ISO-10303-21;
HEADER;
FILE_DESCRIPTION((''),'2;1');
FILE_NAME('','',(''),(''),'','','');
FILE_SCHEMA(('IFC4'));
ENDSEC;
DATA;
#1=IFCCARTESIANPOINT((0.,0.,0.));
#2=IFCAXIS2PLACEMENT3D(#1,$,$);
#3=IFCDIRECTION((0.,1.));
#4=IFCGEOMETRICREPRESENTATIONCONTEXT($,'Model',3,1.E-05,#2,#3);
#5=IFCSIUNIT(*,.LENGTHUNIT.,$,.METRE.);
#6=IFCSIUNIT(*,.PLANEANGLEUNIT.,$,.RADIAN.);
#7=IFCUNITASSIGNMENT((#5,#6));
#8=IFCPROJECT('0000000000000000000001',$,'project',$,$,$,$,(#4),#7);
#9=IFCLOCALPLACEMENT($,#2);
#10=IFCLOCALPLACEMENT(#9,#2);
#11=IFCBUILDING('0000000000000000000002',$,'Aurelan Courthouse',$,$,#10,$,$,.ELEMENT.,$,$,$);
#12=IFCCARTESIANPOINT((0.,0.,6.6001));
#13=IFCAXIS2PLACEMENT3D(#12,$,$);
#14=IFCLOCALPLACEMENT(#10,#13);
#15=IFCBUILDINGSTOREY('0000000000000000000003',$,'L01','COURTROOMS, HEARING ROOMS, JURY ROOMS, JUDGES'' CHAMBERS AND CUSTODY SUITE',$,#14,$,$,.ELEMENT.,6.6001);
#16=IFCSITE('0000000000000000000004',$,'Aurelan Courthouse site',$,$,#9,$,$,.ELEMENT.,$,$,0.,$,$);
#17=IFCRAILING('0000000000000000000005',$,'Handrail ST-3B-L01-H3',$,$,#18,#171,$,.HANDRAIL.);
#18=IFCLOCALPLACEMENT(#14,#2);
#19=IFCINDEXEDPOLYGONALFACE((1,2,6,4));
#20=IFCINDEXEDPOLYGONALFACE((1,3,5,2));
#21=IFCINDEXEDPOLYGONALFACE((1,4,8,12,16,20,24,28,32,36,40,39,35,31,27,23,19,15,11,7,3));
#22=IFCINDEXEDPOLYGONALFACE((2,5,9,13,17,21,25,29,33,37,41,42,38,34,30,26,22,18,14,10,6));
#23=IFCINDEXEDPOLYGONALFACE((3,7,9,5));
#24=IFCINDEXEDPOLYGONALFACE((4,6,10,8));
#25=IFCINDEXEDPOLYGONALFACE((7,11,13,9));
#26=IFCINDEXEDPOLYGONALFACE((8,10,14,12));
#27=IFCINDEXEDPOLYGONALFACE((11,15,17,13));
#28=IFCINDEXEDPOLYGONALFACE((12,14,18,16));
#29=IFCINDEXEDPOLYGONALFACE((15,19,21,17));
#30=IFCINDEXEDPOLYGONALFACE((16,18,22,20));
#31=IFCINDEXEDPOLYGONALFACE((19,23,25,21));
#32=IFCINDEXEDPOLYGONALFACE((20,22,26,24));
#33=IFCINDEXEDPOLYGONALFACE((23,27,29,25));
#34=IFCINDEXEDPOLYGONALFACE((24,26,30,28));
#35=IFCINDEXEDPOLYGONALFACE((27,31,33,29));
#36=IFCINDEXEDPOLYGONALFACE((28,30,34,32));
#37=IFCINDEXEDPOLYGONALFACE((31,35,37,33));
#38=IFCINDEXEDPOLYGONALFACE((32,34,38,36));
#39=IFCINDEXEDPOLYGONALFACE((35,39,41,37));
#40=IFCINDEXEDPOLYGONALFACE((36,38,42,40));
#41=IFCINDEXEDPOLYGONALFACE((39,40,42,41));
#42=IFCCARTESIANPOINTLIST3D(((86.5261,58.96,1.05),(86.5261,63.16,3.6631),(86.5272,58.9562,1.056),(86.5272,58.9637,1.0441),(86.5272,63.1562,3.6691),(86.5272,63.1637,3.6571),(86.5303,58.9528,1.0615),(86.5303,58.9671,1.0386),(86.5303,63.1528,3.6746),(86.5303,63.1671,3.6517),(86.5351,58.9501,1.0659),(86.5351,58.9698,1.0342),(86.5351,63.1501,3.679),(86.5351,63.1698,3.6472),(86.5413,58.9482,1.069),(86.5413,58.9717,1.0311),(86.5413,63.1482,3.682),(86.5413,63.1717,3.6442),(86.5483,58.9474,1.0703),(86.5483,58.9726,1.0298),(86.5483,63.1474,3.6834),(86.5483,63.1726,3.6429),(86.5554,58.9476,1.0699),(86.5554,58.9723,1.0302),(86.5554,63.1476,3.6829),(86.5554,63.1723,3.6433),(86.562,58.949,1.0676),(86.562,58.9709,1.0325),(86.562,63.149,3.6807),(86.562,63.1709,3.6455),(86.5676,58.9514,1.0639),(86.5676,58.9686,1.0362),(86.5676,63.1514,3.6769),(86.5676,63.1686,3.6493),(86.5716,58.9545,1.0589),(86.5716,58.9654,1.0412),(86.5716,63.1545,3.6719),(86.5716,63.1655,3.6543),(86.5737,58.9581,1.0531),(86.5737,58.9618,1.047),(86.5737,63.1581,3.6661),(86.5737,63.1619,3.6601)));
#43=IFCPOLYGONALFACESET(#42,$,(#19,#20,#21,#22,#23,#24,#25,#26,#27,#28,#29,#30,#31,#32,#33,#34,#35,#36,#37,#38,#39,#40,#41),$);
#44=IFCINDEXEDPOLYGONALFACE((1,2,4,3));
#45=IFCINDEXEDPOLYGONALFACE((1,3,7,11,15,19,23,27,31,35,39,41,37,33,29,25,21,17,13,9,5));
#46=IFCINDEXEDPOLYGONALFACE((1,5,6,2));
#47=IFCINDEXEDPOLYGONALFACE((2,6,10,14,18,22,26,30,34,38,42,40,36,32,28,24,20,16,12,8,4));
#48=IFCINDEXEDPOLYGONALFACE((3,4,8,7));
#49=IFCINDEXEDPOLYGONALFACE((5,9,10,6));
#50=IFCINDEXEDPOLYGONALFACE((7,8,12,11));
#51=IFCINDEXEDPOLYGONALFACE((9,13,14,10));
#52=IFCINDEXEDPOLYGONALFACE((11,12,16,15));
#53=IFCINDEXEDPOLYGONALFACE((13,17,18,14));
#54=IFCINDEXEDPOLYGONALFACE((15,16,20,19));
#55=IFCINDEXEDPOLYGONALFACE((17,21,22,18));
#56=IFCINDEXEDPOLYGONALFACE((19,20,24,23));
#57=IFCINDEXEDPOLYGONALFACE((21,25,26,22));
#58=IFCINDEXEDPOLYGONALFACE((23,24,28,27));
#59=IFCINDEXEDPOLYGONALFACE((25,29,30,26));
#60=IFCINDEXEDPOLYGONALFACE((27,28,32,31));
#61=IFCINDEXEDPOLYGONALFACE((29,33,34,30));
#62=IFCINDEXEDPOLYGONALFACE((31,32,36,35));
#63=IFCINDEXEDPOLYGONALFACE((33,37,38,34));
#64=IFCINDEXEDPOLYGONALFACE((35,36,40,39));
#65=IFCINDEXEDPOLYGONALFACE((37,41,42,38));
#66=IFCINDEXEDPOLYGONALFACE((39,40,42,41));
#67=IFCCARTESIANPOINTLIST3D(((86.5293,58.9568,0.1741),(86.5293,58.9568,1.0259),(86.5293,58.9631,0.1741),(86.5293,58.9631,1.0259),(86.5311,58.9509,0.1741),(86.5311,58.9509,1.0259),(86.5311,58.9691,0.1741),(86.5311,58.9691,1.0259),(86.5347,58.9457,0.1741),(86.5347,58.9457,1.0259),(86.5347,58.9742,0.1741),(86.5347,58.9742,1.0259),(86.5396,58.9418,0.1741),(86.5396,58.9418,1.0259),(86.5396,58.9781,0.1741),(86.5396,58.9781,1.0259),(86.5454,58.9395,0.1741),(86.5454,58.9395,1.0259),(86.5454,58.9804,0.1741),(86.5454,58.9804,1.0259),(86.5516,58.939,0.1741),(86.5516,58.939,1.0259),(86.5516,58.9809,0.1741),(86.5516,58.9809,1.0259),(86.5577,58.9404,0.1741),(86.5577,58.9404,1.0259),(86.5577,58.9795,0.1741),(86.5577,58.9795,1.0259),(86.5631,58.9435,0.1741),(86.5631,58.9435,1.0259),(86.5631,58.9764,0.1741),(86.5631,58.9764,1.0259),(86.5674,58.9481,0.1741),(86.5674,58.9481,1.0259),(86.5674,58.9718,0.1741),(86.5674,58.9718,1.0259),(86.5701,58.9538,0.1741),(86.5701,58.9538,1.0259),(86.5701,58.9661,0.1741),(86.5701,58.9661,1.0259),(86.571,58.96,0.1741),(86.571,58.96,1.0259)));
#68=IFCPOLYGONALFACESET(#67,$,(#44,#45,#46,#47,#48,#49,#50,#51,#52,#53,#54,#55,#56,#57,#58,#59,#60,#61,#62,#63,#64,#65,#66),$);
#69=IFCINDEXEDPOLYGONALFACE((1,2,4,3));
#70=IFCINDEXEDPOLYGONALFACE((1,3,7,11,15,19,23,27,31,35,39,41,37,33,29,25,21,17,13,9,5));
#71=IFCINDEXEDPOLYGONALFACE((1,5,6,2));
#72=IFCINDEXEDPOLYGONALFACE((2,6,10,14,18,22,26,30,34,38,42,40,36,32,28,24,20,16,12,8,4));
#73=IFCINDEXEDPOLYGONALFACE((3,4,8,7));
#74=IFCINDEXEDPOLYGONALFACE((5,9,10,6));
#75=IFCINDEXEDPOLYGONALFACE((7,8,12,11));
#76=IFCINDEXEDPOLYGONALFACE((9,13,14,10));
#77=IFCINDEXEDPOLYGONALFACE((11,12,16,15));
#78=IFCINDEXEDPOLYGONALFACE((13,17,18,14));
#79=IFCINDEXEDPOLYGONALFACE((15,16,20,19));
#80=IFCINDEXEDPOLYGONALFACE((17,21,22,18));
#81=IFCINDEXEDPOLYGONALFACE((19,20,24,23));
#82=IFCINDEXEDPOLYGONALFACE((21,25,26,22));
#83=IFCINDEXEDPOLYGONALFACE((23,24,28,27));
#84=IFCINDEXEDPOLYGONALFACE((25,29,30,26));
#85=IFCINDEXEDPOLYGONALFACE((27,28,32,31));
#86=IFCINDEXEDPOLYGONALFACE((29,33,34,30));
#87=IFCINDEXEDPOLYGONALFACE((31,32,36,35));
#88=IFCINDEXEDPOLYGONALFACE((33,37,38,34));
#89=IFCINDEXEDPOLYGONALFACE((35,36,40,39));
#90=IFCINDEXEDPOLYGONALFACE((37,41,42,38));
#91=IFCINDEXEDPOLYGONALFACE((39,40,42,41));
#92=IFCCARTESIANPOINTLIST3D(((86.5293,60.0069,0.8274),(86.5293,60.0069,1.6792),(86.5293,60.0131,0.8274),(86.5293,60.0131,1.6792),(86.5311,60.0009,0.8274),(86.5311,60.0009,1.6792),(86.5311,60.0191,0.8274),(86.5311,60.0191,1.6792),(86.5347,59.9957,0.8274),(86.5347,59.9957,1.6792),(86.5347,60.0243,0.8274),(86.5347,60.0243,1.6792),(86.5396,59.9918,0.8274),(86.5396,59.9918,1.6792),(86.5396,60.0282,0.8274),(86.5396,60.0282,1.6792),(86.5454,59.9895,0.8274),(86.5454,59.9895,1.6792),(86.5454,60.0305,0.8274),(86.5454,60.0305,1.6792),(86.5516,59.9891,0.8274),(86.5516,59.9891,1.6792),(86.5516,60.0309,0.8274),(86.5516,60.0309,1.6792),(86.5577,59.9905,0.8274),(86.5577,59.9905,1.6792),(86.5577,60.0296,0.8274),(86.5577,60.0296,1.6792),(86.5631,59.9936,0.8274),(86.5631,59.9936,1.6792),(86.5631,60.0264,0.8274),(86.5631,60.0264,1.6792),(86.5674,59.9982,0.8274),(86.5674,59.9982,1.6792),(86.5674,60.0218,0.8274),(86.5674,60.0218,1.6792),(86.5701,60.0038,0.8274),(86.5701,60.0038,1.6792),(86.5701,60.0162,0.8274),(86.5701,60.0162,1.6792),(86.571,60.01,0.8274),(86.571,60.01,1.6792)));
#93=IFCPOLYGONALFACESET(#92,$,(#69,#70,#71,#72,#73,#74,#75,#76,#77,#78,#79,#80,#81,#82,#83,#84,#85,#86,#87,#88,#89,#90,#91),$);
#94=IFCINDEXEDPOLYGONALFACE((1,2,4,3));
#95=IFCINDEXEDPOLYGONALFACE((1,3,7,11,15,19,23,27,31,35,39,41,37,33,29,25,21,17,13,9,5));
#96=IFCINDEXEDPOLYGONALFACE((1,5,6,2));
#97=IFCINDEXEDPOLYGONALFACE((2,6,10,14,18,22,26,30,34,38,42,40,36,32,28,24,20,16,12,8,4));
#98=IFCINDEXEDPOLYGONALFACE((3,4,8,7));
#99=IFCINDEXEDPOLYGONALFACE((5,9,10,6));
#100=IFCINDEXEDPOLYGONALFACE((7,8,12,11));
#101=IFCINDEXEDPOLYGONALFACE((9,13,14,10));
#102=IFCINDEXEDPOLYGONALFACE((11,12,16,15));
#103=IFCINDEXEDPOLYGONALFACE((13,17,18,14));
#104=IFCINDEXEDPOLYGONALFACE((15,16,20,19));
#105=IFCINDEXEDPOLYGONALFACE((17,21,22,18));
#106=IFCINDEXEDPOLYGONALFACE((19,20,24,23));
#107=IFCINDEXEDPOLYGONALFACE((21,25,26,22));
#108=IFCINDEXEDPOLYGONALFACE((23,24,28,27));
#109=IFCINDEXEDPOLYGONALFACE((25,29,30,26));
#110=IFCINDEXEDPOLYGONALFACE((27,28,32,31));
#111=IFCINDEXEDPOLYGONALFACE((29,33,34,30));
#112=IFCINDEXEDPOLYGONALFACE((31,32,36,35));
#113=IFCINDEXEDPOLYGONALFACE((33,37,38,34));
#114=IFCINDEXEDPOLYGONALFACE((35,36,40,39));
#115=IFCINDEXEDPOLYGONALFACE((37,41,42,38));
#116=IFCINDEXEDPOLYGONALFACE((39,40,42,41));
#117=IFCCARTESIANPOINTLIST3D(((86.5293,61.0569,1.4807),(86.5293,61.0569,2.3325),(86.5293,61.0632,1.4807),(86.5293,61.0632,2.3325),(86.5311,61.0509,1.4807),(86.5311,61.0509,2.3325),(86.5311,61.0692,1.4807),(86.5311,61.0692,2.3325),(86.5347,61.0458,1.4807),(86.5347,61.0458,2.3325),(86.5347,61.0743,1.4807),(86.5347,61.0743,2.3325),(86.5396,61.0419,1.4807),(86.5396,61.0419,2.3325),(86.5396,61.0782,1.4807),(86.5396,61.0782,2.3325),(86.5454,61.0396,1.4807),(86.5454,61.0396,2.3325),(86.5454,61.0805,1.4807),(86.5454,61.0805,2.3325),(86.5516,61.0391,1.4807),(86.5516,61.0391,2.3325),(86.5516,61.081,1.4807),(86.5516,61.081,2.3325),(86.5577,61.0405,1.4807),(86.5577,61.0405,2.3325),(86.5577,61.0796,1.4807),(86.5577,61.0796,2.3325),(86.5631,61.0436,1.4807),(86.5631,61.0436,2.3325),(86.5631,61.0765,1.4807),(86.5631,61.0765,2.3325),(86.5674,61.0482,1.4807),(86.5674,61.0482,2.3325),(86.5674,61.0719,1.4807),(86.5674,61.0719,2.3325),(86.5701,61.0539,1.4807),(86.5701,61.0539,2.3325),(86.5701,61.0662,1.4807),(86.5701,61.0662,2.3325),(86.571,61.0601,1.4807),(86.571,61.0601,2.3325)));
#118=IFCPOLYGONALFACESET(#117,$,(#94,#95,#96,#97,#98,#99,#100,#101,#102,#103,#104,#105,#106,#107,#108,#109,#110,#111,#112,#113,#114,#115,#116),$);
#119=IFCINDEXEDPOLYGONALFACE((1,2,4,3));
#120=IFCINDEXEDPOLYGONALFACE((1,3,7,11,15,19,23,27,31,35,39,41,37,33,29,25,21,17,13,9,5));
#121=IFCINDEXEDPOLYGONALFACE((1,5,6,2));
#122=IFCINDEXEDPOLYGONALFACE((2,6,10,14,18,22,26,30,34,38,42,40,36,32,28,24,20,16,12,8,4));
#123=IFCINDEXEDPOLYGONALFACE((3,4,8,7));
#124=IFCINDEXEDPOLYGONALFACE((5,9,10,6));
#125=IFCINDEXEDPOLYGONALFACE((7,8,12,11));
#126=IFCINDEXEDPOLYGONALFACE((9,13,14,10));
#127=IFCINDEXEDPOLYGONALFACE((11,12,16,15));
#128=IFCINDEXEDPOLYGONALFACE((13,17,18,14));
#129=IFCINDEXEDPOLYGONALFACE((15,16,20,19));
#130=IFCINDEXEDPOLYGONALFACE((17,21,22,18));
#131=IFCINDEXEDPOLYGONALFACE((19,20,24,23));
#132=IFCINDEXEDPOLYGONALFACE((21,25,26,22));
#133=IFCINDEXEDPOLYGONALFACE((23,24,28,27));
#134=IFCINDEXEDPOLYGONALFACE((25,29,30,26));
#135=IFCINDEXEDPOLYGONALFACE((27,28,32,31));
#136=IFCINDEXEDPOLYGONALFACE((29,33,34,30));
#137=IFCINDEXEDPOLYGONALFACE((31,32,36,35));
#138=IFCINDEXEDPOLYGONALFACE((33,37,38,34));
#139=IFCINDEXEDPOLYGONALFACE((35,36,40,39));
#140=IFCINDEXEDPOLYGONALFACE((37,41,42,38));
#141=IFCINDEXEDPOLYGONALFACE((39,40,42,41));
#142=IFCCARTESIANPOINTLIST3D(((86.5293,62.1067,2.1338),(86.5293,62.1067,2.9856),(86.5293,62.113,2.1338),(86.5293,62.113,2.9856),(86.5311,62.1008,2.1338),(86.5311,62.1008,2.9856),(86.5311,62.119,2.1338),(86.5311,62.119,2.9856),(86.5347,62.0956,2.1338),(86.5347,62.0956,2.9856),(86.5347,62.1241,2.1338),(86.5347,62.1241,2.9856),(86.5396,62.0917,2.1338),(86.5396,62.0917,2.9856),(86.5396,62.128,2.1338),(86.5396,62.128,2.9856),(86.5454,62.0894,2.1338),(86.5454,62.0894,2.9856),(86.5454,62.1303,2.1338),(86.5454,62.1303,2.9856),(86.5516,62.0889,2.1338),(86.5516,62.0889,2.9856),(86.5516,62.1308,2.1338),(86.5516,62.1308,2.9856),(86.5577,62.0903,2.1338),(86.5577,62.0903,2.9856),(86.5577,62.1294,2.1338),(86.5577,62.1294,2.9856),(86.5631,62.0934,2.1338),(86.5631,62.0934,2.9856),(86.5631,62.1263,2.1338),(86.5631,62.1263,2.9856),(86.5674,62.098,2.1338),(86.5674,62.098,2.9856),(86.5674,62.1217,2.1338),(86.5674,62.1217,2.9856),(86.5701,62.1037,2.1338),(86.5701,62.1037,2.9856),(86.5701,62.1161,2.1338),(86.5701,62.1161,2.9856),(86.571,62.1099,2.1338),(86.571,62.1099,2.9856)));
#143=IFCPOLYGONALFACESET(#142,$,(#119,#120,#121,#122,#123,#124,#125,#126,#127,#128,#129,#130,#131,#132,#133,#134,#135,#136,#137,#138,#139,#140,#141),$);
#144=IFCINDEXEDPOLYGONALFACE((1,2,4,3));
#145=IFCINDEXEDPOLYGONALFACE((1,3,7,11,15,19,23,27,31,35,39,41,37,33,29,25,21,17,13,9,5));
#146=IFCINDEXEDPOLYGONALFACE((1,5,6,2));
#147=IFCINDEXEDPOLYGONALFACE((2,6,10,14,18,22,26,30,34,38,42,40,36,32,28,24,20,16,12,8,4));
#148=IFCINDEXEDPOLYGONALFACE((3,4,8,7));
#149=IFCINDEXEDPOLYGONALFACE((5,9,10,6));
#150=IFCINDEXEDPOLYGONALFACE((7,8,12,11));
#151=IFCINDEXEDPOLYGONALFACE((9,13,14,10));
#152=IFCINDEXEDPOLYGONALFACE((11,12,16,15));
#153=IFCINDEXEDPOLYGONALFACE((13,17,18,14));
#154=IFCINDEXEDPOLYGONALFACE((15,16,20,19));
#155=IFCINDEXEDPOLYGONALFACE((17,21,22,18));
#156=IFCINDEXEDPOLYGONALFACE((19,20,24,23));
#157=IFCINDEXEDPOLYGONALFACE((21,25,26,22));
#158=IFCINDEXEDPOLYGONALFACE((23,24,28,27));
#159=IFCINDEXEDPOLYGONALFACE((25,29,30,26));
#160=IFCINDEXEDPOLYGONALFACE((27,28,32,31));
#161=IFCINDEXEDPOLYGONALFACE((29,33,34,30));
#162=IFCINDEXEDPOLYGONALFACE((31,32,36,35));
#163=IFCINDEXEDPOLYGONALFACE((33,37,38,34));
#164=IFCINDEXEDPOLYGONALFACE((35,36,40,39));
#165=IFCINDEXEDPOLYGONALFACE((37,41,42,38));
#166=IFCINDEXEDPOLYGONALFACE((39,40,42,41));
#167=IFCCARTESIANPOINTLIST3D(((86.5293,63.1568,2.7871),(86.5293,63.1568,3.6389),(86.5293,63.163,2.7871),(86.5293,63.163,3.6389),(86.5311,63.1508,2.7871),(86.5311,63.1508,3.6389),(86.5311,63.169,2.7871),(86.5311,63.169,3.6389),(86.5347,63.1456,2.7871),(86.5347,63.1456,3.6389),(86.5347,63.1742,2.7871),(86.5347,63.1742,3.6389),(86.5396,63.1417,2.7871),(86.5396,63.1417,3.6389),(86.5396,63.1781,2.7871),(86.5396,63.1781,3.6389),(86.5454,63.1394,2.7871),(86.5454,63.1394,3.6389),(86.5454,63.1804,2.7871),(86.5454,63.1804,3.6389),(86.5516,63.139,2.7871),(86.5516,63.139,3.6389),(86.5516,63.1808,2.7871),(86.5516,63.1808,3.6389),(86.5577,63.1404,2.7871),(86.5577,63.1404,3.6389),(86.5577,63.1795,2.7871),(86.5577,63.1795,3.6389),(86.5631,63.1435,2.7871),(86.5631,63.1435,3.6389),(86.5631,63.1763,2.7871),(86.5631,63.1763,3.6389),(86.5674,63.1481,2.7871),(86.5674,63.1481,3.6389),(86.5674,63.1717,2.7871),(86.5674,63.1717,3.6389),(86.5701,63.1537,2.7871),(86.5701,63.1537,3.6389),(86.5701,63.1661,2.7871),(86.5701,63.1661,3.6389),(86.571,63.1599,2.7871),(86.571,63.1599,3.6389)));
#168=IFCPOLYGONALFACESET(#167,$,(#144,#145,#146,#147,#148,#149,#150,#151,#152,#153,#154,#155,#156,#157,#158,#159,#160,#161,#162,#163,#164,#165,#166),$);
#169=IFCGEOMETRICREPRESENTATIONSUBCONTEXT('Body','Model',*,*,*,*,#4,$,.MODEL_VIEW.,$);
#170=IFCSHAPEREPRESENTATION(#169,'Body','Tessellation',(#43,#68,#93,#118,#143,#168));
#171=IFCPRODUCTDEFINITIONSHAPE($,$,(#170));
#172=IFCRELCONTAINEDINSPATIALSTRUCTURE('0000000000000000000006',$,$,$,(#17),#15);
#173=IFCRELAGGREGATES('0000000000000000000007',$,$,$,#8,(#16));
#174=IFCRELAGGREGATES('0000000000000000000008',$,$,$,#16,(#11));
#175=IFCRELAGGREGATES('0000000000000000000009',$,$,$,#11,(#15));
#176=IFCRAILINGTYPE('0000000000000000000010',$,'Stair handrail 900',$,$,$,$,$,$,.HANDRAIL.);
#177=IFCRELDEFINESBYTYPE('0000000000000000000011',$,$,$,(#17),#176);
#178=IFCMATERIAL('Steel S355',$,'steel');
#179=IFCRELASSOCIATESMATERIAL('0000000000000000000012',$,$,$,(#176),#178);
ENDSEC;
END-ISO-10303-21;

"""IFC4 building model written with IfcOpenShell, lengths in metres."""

from ifc_helpers import new_model, si_unit, direction, frame, origin, origin_2d, place, context, subcontext, project, spatial, circle, extrude, material, type_object, element, save


model = new_model("IFC4")

# Units and contexts
model_context = context("Model", 3, precision=1e-05, world=origin(), true_north=direction((0.0, 1.0)))
body_context = subcontext(model_context, "Body", "Model", "MODEL_VIEW")
ifc_project = project(units=[si_unit("LENGTHUNIT", "METRE"), si_unit("PLANEANGLEUNIT", "RADIAN")], contexts=[model_context])

# Site, building, storey
site_placement = place(None, origin())
site = spatial("IfcSite", under=ifc_project, at=site_placement, Name="Aurelan Courthouse site", CompositionType="ELEMENT", RefElevation=0.0)
building_placement = place(site_placement, origin())
building = spatial("IfcBuilding", under=site, at=building_placement, Name="Aurelan Courthouse", CompositionType="ELEMENT")
storey_placement = place(building_placement, frame((0.0, 0.0, 6.6001)))
storey = spatial("IfcBuildingStorey", under=building, at=storey_placement, Name="L01", Description="COURTROOMS, HEARING ROOMS, JURY ROOMS, JUDGES' CHAMBERS AND CUSTODY SUITE", CompositionType="ELEMENT", Elevation=6.6001)

# Railing
ifc_material_1 = material(Name="Steel S355", Category="steel")
railing_type_1 = type_object("IfcRailingType", Name="Stair handrail 900", PredefinedType="HANDRAIL", material=ifc_material_1)
for number, where, name in (
    (1, (86.55, 58.96, 0.1741), "Handrail ST-3B-L01-H3"),
):
    element("IfcRailing", number, at=place(storey_placement, frame(where)), inside=storey, type_object=railing_type_1, Name=name, PredefinedType="HANDRAIL", context=body_context, shape_type="SweptSolid", body=[
        extrude(circle(Radius=0.0239, at=origin_2d()), frame((0.0, 0.0, 0.876), z_axis=(0.0, 0.849081, 0.528263), x_axis=(-1.0, 0.0, 0.0)), (0.0, 0.0, 1.0), 4.9465),
        extrude(circle(Radius=0.021, at=origin_2d()), origin(), (0.0, 0.0, 1.0), 0.8518),
        extrude(circle(Radius=0.021, at=origin_2d()), frame((0.0, 1.05, 0.6533)), (0.0, 0.0, 1.0), 0.8518),
        extrude(circle(Radius=0.021, at=origin_2d()), frame((0.0, 2.1001, 1.3066)), (0.0, 0.0, 1.0), 0.8518),
        extrude(circle(Radius=0.021, at=origin_2d()), frame((0.0, 3.1499, 1.9597)), (0.0, 0.0, 1.0), 0.8518),
        extrude(circle(Radius=0.021, at=origin_2d()), frame((0.0, 4.2, 2.613)), (0.0, 0.0, 1.0), 0.8518),
    ])

save(model, "model.ifc")
